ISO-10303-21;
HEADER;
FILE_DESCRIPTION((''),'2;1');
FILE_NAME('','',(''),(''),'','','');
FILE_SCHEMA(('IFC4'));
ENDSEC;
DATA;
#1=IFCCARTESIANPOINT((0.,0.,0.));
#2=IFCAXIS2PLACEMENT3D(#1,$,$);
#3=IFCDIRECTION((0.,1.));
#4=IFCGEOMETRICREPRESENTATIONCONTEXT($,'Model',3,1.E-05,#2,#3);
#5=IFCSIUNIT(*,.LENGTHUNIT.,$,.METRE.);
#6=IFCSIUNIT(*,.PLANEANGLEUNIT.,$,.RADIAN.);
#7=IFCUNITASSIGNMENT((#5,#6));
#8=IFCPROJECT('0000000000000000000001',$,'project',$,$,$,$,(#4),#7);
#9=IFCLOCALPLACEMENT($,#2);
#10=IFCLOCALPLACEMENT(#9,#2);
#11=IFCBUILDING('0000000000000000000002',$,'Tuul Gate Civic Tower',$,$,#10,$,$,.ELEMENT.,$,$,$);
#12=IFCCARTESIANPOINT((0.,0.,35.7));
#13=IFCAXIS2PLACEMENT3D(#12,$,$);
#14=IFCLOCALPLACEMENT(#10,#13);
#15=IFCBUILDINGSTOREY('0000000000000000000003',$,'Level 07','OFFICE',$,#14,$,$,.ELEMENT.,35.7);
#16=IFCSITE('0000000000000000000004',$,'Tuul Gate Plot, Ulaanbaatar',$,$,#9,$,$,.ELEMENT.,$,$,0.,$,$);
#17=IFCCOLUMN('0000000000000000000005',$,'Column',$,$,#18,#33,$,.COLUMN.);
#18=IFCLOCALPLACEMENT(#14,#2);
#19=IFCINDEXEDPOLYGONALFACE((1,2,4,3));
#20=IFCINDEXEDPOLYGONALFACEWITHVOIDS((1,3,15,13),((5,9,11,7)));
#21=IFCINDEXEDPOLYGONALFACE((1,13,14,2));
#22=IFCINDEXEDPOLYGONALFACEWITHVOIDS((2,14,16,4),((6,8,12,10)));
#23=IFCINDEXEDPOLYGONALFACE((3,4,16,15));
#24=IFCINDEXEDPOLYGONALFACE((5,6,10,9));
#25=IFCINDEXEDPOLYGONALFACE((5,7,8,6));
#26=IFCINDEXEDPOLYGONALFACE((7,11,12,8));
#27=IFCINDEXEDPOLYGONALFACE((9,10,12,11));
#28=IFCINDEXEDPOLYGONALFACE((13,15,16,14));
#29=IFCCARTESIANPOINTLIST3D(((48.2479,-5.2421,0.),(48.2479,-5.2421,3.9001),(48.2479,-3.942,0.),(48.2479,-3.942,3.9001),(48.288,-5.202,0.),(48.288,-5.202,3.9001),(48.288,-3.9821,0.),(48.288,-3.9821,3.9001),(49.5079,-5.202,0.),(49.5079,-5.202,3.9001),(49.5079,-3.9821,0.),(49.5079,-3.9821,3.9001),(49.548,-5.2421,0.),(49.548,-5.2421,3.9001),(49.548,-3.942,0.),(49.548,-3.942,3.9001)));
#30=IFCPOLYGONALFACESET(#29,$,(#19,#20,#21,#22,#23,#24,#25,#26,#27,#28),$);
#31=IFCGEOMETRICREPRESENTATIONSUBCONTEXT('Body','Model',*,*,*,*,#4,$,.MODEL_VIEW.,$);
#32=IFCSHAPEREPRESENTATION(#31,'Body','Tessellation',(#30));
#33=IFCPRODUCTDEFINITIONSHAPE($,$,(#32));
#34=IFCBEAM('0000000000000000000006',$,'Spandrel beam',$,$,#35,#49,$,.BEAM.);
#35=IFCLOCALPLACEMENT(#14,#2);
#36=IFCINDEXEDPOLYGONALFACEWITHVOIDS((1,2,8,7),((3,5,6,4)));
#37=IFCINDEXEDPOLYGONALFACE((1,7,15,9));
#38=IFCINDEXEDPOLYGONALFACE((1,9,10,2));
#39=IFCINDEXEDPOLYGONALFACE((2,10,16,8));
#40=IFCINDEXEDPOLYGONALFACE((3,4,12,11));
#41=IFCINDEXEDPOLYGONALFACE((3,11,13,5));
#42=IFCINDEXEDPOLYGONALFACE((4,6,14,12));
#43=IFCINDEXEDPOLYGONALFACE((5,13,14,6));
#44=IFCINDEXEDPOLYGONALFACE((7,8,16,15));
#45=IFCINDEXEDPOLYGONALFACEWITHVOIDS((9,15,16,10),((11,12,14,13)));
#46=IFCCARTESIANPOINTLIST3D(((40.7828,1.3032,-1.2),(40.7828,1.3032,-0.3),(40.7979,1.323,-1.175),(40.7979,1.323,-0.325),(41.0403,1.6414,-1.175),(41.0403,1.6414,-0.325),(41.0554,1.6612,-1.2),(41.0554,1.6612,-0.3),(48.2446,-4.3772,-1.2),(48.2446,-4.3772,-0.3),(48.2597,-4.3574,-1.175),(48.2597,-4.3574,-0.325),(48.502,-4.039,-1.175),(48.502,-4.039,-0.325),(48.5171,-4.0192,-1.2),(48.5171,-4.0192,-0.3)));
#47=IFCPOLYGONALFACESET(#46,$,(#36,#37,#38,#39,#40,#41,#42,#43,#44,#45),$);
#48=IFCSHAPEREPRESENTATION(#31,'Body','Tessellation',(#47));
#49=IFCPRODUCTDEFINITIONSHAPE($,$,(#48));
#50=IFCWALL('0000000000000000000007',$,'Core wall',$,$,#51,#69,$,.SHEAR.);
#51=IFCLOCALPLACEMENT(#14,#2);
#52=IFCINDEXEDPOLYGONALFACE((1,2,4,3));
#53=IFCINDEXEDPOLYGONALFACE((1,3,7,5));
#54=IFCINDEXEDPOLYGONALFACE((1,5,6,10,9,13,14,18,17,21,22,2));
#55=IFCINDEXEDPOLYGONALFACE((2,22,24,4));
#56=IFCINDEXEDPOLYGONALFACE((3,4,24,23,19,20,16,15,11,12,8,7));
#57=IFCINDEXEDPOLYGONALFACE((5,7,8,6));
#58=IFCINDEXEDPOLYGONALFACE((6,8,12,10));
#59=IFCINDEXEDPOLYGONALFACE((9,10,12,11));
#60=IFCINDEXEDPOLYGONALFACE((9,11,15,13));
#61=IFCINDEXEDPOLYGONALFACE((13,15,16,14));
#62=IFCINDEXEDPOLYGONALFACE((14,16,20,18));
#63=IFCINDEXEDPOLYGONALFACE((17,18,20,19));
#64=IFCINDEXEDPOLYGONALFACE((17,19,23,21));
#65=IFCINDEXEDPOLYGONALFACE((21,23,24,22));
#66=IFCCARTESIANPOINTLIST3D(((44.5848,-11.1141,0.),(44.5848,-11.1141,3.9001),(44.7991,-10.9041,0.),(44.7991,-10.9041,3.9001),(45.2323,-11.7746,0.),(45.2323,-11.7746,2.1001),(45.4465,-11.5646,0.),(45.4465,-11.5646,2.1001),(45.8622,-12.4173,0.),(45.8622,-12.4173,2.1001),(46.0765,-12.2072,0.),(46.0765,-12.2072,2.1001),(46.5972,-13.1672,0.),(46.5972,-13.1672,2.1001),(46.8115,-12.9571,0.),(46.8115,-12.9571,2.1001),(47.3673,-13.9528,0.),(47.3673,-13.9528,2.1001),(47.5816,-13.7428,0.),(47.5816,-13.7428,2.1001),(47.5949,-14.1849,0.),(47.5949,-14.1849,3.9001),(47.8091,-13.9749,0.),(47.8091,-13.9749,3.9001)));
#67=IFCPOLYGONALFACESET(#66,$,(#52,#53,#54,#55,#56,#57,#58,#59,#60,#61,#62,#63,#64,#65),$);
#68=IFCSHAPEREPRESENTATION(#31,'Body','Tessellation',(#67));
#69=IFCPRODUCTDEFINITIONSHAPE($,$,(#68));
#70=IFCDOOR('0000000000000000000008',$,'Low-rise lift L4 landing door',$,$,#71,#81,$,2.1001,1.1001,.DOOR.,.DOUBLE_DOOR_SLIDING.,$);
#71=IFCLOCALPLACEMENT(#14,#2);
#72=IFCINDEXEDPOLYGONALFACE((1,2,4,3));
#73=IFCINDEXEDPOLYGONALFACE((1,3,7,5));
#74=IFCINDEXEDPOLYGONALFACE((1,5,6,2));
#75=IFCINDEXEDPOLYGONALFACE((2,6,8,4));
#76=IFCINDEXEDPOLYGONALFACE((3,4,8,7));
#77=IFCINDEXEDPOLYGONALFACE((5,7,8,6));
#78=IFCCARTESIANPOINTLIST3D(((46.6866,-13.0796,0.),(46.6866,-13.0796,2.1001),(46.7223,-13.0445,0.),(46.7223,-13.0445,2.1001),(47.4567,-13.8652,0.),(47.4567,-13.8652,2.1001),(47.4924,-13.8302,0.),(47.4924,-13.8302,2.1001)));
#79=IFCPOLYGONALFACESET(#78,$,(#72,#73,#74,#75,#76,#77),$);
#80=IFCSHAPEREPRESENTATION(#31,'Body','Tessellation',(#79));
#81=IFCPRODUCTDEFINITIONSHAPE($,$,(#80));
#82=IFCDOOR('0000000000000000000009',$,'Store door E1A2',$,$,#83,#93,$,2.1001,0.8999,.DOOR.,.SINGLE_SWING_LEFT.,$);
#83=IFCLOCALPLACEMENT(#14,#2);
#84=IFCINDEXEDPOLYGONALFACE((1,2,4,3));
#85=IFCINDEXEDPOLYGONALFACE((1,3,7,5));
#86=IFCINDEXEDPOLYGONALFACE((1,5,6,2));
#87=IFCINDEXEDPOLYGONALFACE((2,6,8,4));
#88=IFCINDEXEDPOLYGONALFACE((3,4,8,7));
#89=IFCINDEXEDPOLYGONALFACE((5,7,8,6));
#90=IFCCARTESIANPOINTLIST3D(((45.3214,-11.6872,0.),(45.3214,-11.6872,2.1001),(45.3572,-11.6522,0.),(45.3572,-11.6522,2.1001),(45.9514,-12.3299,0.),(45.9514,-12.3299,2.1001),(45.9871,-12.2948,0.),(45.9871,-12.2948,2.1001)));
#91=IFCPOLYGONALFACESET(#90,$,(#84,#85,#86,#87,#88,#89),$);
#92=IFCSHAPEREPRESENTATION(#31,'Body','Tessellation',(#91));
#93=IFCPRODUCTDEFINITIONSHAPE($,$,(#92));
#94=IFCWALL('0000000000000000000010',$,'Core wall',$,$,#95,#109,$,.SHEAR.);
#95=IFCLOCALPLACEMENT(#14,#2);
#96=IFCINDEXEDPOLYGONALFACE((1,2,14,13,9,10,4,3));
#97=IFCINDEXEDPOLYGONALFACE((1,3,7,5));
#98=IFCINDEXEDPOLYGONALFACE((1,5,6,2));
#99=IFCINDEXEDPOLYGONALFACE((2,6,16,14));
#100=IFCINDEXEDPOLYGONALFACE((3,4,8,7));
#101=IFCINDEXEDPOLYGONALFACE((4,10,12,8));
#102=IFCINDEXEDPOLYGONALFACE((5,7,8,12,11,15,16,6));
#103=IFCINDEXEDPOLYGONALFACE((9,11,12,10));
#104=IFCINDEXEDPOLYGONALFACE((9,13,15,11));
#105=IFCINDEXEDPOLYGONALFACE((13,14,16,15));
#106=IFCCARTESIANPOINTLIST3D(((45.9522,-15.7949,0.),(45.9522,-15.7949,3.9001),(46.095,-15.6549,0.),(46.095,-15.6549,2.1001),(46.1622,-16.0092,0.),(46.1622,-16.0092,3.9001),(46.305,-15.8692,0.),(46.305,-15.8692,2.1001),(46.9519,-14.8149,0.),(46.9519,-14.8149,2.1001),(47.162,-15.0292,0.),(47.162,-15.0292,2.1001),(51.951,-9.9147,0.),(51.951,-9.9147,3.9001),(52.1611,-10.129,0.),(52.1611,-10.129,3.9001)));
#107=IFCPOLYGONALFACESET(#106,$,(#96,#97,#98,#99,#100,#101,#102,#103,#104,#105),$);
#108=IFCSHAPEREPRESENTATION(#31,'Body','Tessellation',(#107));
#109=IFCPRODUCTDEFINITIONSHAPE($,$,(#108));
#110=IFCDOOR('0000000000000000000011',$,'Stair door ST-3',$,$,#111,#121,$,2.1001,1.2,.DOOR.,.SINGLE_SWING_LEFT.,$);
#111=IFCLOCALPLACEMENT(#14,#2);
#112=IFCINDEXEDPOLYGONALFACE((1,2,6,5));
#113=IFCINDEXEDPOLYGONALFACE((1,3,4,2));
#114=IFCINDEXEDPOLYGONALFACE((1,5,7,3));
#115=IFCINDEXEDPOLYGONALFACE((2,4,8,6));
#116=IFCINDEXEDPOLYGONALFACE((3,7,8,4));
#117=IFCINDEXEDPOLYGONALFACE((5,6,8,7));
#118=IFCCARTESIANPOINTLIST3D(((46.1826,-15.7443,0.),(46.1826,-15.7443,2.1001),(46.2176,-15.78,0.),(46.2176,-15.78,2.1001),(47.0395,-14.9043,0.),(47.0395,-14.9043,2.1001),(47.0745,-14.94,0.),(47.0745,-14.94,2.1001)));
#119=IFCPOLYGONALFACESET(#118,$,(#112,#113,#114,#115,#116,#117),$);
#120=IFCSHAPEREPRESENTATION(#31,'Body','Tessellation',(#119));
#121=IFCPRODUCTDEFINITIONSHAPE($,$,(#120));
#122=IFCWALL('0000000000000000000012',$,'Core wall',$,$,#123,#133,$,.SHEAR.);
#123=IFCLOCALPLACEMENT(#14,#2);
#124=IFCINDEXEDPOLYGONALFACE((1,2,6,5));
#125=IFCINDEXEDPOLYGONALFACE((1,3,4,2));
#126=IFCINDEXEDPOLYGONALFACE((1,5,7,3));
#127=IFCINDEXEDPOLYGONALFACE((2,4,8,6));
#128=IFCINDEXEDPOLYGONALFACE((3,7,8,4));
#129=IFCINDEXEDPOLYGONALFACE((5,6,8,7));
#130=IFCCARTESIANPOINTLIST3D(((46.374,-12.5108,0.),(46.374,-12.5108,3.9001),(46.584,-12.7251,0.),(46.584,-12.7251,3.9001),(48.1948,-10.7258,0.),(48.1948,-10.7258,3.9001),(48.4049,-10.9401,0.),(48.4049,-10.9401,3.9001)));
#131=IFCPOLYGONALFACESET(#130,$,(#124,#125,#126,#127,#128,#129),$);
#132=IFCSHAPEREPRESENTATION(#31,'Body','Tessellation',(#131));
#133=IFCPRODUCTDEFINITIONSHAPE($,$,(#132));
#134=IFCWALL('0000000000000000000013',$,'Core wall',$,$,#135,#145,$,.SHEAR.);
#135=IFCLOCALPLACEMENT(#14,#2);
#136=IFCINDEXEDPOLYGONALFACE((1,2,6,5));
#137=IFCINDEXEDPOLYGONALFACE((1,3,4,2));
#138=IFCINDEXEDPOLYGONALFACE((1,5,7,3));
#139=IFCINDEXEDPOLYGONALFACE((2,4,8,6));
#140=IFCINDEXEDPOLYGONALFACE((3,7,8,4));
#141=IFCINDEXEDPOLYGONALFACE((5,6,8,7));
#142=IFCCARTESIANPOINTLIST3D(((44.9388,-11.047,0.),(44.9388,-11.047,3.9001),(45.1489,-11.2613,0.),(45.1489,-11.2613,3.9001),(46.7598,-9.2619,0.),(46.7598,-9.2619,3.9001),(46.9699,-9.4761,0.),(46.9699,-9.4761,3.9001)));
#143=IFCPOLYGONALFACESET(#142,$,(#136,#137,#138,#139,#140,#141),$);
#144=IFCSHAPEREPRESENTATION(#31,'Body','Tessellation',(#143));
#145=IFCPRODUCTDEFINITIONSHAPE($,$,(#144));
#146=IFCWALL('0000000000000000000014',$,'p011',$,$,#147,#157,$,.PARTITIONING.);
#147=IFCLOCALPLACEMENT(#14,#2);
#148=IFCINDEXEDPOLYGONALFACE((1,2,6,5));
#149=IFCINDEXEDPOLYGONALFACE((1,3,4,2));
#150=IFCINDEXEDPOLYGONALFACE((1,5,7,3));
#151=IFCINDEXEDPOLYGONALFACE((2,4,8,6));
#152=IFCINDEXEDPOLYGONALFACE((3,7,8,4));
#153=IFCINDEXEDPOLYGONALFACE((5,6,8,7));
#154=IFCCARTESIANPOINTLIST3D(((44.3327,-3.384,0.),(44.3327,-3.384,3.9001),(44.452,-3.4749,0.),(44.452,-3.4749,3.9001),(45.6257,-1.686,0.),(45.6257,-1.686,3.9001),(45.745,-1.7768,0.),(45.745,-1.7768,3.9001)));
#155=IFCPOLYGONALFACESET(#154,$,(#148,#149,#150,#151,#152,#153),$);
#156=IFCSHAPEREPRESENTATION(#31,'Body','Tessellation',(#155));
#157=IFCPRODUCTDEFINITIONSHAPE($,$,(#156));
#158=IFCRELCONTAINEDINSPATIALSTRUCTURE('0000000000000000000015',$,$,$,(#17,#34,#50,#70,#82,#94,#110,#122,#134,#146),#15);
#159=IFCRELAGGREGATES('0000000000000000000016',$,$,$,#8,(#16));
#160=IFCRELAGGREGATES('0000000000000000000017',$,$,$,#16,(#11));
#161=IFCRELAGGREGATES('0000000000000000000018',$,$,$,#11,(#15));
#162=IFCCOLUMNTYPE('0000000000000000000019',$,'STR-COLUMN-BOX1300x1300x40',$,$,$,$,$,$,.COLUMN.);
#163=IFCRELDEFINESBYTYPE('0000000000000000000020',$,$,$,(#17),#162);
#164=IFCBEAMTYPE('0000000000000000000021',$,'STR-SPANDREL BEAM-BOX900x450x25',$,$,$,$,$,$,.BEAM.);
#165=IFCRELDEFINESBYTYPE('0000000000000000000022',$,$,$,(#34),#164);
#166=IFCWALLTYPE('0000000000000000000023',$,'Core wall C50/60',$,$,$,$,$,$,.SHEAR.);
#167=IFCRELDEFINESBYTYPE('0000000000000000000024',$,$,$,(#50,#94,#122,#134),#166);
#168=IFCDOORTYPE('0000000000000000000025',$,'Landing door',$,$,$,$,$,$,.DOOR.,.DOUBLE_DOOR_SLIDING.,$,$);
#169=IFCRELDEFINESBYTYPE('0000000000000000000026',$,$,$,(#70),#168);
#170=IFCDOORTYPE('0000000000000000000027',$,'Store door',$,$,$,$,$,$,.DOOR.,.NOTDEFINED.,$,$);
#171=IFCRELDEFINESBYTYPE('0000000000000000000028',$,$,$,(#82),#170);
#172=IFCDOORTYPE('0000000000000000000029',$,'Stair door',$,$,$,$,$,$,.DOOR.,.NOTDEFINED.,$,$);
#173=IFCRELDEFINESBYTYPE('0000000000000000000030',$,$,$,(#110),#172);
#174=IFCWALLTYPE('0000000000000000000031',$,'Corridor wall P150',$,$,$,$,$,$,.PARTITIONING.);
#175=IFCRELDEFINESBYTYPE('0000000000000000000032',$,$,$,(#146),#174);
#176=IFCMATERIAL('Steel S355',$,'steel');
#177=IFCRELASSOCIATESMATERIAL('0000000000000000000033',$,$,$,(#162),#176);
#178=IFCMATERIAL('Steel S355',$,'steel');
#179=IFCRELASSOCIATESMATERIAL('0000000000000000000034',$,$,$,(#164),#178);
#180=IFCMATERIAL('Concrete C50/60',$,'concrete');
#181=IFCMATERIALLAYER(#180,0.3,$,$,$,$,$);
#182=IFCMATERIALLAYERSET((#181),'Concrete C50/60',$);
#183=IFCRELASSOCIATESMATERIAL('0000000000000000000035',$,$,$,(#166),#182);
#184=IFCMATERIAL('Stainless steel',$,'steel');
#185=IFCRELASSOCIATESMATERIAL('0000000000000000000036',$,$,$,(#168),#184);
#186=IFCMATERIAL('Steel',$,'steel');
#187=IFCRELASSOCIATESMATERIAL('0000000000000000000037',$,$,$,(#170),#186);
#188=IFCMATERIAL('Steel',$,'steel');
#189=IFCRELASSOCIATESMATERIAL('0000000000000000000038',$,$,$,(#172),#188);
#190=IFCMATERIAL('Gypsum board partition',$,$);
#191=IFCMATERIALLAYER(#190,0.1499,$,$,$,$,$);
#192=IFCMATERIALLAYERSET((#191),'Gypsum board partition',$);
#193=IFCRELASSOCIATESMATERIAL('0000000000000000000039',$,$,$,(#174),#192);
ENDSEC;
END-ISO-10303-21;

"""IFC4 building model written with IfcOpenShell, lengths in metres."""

from ifc_helpers import new_model, si_unit, direction, frame, frame_2d, origin, origin_2d, place, context, subcontext, project, spatial, rectangle, hollow_rectangle, extrude, material, layer, layer_set, material_profile, profile_set, type_object, element, fill, save


model = new_model("IFC4")

# Units and contexts
model_context = context("Model", 3, precision=1e-05, world=origin(), true_north=direction((0.0, 1.0)))
body_context = subcontext(model_context, "Body", "Model", "MODEL_VIEW")
ifc_project = project(units=[si_unit("LENGTHUNIT", "METRE"), si_unit("PLANEANGLEUNIT", "RADIAN")], contexts=[model_context])

# Site, building, storey
site_placement = place(None, origin())
site = spatial("IfcSite", under=ifc_project, at=site_placement, Name="Tuul Gate Plot, Ulaanbaatar", CompositionType="ELEMENT", RefElevation=0.0)
building_placement = place(site_placement, origin())
building = spatial("IfcBuilding", under=site, at=building_placement, Name="Tuul Gate Civic Tower", CompositionType="ELEMENT")
storey_placement = place(building_placement, frame((0.0, 0.0, 35.7)))
storey = spatial("IfcBuildingStorey", under=building, at=storey_placement, Name="Level 07", Description="OFFICE", CompositionType="ELEMENT", Elevation=35.7)

# Column
ifc_material_1 = material(Name="Steel S355", Category="steel")
ifc_material_profile_1 = material_profile(ifc_material_1, hollow_rectangle(XDim=1.3, YDim=1.3, WallThickness=0.04, at=origin_2d()), Name="BOX1300x1300x40")
ifc_profile_set_1 = profile_set([ifc_material_profile_1], Name="Steel S355")
column_type = type_object("IfcColumnType", Name="STR-COLUMN-BOX1300x1300x40", PredefinedType="COLUMN", material=ifc_profile_set_1)
column_placement = place(storey_placement, frame((48.8979, -4.592, 0.0), z_axis=(0.0, 0.0, 1.0), x_axis=(1.0, 0.0, 0.0)))
element("IfcColumn", 1, at=column_placement, inside=storey, type_object=column_type, Name="Column", PredefinedType="COLUMN", context=body_context, shape_type="SweptSolid", body=[
    extrude(hollow_rectangle(XDim=1.3, YDim=1.3, WallThickness=0.04, at=origin_2d()), origin(), (0.0, 0.0, 1.0), 3.9001),
])

# Beam
ifc_material_2 = material(Name="Steel S355", Category="steel")
ifc_material_profile_2 = material_profile(ifc_material_2, hollow_rectangle(XDim=0.45, YDim=0.8999, WallThickness=0.0249, at=origin_2d()), Name="BOX900x450x25")
ifc_profile_set_2 = profile_set([ifc_material_profile_2], Name="Steel S355")
beam_type = type_object("IfcBeamType", Name="STR-SPANDREL BEAM-BOX900x450x25", PredefinedType="BEAM", material=ifc_profile_set_2)
beam_placement = place(storey_placement, frame((48.3809, -4.1982, -0.75), z_axis=(-0.795671, 0.605729, 0.0), x_axis=(-0.605729, -0.795671, 0.0)))
element("IfcBeam", 2, at=beam_placement, inside=storey, type_object=beam_type, Name="Spandrel beam", PredefinedType="BEAM", context=body_context, shape_type="SweptSolid", body=[
    extrude(hollow_rectangle(XDim=0.45, YDim=0.8999, WallThickness=0.0249, at=origin_2d()), origin(), (0.0, 0.0, 1.0), 9.3779),
])

# Wall, openings, doors
ifc_material_3 = material(Name="Concrete C50/60", Category="concrete")
ifc_layer_1 = layer(ifc_material_3, 0.3)
ifc_layer_set_1 = layer_set([ifc_layer_1], Name="Concrete C50/60")
wall_type_1 = type_object("IfcWallType", Name="Core wall C50/60", PredefinedType="SHEAR", material=ifc_layer_set_1)
wall_1_placement = place(storey_placement, frame((47.7019, -14.0798, 0.0), z_axis=(0.0, 0.0, 1.0), x_axis=(-0.700003, 0.71414, 0.0)))
wall_1 = element("IfcWall", 3, at=wall_1_placement, inside=storey, type_object=wall_type_1, Name="Core wall", PredefinedType="SHEAR", context=body_context, shape_type="SweptSolid", body=[
    extrude(rectangle(XDim=4.3, YDim=0.3, at=frame_2d((2.1499, 0.0))), origin(), (0.0, 0.0, 1.0), 3.9001),
])
opening_1_placement = place(wall_1_placement, frame((0.325, 0.0, 0.0)))
opening_1 = element("IfcOpeningElement", 4, at=opening_1_placement, cuts=wall_1, PredefinedType="OPENING", context=body_context, shape_type="SweptSolid", body=[
    extrude(rectangle(XDim=1.1001, YDim=2.1001, at=frame_2d((0.55, 1.05))), frame((0.0, 0.1602, 0.0), z_axis=(0.0, -1.0, 0.0), x_axis=(1.0, 0.0, 0.0)), (0.0, 0.0, 1.0), 0.3201),
])
opening_2_placement = place(wall_1_placement, frame((2.4751, 0.0, 0.0)))
opening_2 = element("IfcOpeningElement", 5, at=opening_2_placement, cuts=wall_1, PredefinedType="OPENING", context=body_context, shape_type="SweptSolid", body=[
    extrude(rectangle(XDim=0.8999, YDim=2.1001, at=frame_2d((0.45, 1.05))), frame((0.0, 0.1602, 0.0), z_axis=(0.0, -1.0, 0.0), x_axis=(1.0, 0.0, 0.0)), (0.0, 0.0, 1.0), 0.3201),
])
ifc_material_4 = material(Name="Stainless steel", Category="steel")
door_type_1 = type_object("IfcDoorType", Name="Landing door", OperationType="DOUBLE_DOOR_SLIDING", PredefinedType="DOOR", material=ifc_material_4)
door_1_placement = place(opening_1_placement, origin())
door_1 = element("IfcDoor", 6, at=door_1_placement, inside=storey, type_object=door_type_1, Name="Low-rise lift L4 landing door", OperationType="DOUBLE_DOOR_SLIDING", OverallHeight=2.1001, OverallWidth=1.1001, PredefinedType="DOOR", context=body_context, shape_type="SweptSolid", body=[
    extrude(rectangle(XDim=1.1001, YDim=2.1001, at=frame_2d((0.55, 1.05))), frame((0.0, 0.0249, 0.0), z_axis=(0.0, -1.0, 0.0), x_axis=(1.0, 0.0, 0.0)), (0.0, 0.0, 1.0), 0.05),
])
fill(opening_1, door_1)
ifc_material_5 = material(Name="Steel", Category="steel")
door_type_2 = type_object("IfcDoorType", Name="Store door", OperationType="NOTDEFINED", PredefinedType="DOOR", material=ifc_material_5)
door_2_placement = place(opening_2_placement, frame((0.8999, 0.0, 0.0), z_axis=(0.0, 0.0, 1.0), x_axis=(-1.0, 0.0, 0.0)))
door_2 = element("IfcDoor", 7, at=door_2_placement, inside=storey, type_object=door_type_2, Name="Store door E1A2", OperationType="SINGLE_SWING_LEFT", OverallHeight=2.1001, OverallWidth=0.8999, PredefinedType="DOOR", context=body_context, shape_type="SweptSolid", body=[
    extrude(rectangle(XDim=0.8999, YDim=2.1001, at=frame_2d((0.45, 1.05))), frame((0.0, 0.0249, 0.0), z_axis=(0.0, -1.0, 0.0), x_axis=(1.0, 0.0, 0.0)), (0.0, 0.0, 1.0), 0.05),
])
fill(opening_2, door_2)

# Wall, opening, door
wall_2_placement = place(storey_placement, frame((46.0571, -15.9021, 0.0), z_axis=(0.0, 0.0, 1.0), x_axis=(0.714134, 0.700009, 0.0)))
wall_2 = element("IfcWall", 8, at=wall_2_placement, inside=storey, type_object=wall_type_1, Name="Core wall", PredefinedType="SHEAR", context=body_context, shape_type="SweptSolid", body=[
    extrude(rectangle(XDim=8.4001, YDim=0.3, at=frame_2d((4.2002, 0.0))), origin(), (0.0, 0.0, 1.0), 3.9001),
])
opening_3_placement = place(wall_2_placement, frame((0.2, 0.0, 0.0)))
opening_3 = element("IfcOpeningElement", 9, at=opening_3_placement, cuts=wall_2, PredefinedType="OPENING", context=body_context, shape_type="SweptSolid", body=[
    extrude(rectangle(XDim=1.2, YDim=2.1001, at=frame_2d((0.6001, 1.05))), frame((0.0, 0.1602, 0.0), z_axis=(0.0, -1.0, 0.0), x_axis=(1.0, 0.0, 0.0)), (0.0, 0.0, 1.0), 0.3201),
])
ifc_material_6 = material(Name="Steel", Category="steel")
door_type_3 = type_object("IfcDoorType", Name="Stair door", OperationType="NOTDEFINED", PredefinedType="DOOR", material=ifc_material_6)
door_3_placement = place(opening_3_placement, origin())
door_3 = element("IfcDoor", 10, at=door_3_placement, inside=storey, type_object=door_type_3, Name="Stair door ST-3", OperationType="SINGLE_SWING_LEFT", OverallHeight=2.1001, OverallWidth=1.2, PredefinedType="DOOR", context=body_context, shape_type="SweptSolid", body=[
    extrude(rectangle(XDim=1.2, YDim=2.1001, at=frame_2d((0.6001, 1.05))), frame((0.0, 0.0249, 0.0), z_axis=(0.0, -1.0, 0.0), x_axis=(1.0, 0.0, 0.0)), (0.0, 0.0, 1.0), 0.05),
])
fill(opening_3, door_3)

# Walls
wall_3_placement = place(storey_placement, frame((46.479, -12.6179, 0.0), z_axis=(0.0, 0.0, 1.0), x_axis=(0.714109, 0.700034, 0.0)))
element("IfcWall", 11, at=wall_3_placement, inside=storey, type_object=wall_type_1, Name="Core wall", PredefinedType="SHEAR", context=body_context, shape_type="SweptSolid", body=[
    extrude(rectangle(XDim=2.5498, YDim=0.3, at=frame_2d((1.2749, 0.0))), origin(), (0.0, 0.0, 1.0), 3.9001),
])
wall_4_placement = place(storey_placement, frame((45.0439, -11.1541, 0.0), z_axis=(0.0, 0.0, 1.0), x_axis=(0.714108, 0.700035, 0.0)))
element("IfcWall", 12, at=wall_4_placement, inside=storey, type_object=wall_type_1, Name="Core wall", PredefinedType="SHEAR", context=body_context, shape_type="SweptSolid", body=[
    extrude(rectangle(XDim=2.55, YDim=0.3, at=frame_2d((1.2749, 0.0))), origin(), (0.0, 0.0, 1.0), 3.9001),
])
ifc_material_7 = material(Name="Gypsum board partition")
ifc_layer_2 = layer(ifc_material_7, 0.1499)
ifc_layer_set_2 = layer_set([ifc_layer_2], Name="Gypsum board partition")
wall_type_2 = type_object("IfcWallType", Name="Corridor wall P150", PredefinedType="PARTITIONING", material=ifc_layer_set_2)
wall_5_placement = place(storey_placement, frame((44.3923, -3.4294, 0.0), z_axis=(0.0, 0.0, 1.0), x_axis=(0.605823, 0.7956, 0.0)))
element("IfcWall", 13, at=wall_5_placement, inside=storey, type_object=wall_type_2, Name="p011", PredefinedType="PARTITIONING", context=body_context, shape_type="SweptSolid", body=[
    extrude(rectangle(XDim=2.1343, YDim=0.1499, at=frame_2d((1.0671, 0.0))), origin(), (0.0, 0.0, 1.0), 3.9001),
])

save(model, "model.ifc")
